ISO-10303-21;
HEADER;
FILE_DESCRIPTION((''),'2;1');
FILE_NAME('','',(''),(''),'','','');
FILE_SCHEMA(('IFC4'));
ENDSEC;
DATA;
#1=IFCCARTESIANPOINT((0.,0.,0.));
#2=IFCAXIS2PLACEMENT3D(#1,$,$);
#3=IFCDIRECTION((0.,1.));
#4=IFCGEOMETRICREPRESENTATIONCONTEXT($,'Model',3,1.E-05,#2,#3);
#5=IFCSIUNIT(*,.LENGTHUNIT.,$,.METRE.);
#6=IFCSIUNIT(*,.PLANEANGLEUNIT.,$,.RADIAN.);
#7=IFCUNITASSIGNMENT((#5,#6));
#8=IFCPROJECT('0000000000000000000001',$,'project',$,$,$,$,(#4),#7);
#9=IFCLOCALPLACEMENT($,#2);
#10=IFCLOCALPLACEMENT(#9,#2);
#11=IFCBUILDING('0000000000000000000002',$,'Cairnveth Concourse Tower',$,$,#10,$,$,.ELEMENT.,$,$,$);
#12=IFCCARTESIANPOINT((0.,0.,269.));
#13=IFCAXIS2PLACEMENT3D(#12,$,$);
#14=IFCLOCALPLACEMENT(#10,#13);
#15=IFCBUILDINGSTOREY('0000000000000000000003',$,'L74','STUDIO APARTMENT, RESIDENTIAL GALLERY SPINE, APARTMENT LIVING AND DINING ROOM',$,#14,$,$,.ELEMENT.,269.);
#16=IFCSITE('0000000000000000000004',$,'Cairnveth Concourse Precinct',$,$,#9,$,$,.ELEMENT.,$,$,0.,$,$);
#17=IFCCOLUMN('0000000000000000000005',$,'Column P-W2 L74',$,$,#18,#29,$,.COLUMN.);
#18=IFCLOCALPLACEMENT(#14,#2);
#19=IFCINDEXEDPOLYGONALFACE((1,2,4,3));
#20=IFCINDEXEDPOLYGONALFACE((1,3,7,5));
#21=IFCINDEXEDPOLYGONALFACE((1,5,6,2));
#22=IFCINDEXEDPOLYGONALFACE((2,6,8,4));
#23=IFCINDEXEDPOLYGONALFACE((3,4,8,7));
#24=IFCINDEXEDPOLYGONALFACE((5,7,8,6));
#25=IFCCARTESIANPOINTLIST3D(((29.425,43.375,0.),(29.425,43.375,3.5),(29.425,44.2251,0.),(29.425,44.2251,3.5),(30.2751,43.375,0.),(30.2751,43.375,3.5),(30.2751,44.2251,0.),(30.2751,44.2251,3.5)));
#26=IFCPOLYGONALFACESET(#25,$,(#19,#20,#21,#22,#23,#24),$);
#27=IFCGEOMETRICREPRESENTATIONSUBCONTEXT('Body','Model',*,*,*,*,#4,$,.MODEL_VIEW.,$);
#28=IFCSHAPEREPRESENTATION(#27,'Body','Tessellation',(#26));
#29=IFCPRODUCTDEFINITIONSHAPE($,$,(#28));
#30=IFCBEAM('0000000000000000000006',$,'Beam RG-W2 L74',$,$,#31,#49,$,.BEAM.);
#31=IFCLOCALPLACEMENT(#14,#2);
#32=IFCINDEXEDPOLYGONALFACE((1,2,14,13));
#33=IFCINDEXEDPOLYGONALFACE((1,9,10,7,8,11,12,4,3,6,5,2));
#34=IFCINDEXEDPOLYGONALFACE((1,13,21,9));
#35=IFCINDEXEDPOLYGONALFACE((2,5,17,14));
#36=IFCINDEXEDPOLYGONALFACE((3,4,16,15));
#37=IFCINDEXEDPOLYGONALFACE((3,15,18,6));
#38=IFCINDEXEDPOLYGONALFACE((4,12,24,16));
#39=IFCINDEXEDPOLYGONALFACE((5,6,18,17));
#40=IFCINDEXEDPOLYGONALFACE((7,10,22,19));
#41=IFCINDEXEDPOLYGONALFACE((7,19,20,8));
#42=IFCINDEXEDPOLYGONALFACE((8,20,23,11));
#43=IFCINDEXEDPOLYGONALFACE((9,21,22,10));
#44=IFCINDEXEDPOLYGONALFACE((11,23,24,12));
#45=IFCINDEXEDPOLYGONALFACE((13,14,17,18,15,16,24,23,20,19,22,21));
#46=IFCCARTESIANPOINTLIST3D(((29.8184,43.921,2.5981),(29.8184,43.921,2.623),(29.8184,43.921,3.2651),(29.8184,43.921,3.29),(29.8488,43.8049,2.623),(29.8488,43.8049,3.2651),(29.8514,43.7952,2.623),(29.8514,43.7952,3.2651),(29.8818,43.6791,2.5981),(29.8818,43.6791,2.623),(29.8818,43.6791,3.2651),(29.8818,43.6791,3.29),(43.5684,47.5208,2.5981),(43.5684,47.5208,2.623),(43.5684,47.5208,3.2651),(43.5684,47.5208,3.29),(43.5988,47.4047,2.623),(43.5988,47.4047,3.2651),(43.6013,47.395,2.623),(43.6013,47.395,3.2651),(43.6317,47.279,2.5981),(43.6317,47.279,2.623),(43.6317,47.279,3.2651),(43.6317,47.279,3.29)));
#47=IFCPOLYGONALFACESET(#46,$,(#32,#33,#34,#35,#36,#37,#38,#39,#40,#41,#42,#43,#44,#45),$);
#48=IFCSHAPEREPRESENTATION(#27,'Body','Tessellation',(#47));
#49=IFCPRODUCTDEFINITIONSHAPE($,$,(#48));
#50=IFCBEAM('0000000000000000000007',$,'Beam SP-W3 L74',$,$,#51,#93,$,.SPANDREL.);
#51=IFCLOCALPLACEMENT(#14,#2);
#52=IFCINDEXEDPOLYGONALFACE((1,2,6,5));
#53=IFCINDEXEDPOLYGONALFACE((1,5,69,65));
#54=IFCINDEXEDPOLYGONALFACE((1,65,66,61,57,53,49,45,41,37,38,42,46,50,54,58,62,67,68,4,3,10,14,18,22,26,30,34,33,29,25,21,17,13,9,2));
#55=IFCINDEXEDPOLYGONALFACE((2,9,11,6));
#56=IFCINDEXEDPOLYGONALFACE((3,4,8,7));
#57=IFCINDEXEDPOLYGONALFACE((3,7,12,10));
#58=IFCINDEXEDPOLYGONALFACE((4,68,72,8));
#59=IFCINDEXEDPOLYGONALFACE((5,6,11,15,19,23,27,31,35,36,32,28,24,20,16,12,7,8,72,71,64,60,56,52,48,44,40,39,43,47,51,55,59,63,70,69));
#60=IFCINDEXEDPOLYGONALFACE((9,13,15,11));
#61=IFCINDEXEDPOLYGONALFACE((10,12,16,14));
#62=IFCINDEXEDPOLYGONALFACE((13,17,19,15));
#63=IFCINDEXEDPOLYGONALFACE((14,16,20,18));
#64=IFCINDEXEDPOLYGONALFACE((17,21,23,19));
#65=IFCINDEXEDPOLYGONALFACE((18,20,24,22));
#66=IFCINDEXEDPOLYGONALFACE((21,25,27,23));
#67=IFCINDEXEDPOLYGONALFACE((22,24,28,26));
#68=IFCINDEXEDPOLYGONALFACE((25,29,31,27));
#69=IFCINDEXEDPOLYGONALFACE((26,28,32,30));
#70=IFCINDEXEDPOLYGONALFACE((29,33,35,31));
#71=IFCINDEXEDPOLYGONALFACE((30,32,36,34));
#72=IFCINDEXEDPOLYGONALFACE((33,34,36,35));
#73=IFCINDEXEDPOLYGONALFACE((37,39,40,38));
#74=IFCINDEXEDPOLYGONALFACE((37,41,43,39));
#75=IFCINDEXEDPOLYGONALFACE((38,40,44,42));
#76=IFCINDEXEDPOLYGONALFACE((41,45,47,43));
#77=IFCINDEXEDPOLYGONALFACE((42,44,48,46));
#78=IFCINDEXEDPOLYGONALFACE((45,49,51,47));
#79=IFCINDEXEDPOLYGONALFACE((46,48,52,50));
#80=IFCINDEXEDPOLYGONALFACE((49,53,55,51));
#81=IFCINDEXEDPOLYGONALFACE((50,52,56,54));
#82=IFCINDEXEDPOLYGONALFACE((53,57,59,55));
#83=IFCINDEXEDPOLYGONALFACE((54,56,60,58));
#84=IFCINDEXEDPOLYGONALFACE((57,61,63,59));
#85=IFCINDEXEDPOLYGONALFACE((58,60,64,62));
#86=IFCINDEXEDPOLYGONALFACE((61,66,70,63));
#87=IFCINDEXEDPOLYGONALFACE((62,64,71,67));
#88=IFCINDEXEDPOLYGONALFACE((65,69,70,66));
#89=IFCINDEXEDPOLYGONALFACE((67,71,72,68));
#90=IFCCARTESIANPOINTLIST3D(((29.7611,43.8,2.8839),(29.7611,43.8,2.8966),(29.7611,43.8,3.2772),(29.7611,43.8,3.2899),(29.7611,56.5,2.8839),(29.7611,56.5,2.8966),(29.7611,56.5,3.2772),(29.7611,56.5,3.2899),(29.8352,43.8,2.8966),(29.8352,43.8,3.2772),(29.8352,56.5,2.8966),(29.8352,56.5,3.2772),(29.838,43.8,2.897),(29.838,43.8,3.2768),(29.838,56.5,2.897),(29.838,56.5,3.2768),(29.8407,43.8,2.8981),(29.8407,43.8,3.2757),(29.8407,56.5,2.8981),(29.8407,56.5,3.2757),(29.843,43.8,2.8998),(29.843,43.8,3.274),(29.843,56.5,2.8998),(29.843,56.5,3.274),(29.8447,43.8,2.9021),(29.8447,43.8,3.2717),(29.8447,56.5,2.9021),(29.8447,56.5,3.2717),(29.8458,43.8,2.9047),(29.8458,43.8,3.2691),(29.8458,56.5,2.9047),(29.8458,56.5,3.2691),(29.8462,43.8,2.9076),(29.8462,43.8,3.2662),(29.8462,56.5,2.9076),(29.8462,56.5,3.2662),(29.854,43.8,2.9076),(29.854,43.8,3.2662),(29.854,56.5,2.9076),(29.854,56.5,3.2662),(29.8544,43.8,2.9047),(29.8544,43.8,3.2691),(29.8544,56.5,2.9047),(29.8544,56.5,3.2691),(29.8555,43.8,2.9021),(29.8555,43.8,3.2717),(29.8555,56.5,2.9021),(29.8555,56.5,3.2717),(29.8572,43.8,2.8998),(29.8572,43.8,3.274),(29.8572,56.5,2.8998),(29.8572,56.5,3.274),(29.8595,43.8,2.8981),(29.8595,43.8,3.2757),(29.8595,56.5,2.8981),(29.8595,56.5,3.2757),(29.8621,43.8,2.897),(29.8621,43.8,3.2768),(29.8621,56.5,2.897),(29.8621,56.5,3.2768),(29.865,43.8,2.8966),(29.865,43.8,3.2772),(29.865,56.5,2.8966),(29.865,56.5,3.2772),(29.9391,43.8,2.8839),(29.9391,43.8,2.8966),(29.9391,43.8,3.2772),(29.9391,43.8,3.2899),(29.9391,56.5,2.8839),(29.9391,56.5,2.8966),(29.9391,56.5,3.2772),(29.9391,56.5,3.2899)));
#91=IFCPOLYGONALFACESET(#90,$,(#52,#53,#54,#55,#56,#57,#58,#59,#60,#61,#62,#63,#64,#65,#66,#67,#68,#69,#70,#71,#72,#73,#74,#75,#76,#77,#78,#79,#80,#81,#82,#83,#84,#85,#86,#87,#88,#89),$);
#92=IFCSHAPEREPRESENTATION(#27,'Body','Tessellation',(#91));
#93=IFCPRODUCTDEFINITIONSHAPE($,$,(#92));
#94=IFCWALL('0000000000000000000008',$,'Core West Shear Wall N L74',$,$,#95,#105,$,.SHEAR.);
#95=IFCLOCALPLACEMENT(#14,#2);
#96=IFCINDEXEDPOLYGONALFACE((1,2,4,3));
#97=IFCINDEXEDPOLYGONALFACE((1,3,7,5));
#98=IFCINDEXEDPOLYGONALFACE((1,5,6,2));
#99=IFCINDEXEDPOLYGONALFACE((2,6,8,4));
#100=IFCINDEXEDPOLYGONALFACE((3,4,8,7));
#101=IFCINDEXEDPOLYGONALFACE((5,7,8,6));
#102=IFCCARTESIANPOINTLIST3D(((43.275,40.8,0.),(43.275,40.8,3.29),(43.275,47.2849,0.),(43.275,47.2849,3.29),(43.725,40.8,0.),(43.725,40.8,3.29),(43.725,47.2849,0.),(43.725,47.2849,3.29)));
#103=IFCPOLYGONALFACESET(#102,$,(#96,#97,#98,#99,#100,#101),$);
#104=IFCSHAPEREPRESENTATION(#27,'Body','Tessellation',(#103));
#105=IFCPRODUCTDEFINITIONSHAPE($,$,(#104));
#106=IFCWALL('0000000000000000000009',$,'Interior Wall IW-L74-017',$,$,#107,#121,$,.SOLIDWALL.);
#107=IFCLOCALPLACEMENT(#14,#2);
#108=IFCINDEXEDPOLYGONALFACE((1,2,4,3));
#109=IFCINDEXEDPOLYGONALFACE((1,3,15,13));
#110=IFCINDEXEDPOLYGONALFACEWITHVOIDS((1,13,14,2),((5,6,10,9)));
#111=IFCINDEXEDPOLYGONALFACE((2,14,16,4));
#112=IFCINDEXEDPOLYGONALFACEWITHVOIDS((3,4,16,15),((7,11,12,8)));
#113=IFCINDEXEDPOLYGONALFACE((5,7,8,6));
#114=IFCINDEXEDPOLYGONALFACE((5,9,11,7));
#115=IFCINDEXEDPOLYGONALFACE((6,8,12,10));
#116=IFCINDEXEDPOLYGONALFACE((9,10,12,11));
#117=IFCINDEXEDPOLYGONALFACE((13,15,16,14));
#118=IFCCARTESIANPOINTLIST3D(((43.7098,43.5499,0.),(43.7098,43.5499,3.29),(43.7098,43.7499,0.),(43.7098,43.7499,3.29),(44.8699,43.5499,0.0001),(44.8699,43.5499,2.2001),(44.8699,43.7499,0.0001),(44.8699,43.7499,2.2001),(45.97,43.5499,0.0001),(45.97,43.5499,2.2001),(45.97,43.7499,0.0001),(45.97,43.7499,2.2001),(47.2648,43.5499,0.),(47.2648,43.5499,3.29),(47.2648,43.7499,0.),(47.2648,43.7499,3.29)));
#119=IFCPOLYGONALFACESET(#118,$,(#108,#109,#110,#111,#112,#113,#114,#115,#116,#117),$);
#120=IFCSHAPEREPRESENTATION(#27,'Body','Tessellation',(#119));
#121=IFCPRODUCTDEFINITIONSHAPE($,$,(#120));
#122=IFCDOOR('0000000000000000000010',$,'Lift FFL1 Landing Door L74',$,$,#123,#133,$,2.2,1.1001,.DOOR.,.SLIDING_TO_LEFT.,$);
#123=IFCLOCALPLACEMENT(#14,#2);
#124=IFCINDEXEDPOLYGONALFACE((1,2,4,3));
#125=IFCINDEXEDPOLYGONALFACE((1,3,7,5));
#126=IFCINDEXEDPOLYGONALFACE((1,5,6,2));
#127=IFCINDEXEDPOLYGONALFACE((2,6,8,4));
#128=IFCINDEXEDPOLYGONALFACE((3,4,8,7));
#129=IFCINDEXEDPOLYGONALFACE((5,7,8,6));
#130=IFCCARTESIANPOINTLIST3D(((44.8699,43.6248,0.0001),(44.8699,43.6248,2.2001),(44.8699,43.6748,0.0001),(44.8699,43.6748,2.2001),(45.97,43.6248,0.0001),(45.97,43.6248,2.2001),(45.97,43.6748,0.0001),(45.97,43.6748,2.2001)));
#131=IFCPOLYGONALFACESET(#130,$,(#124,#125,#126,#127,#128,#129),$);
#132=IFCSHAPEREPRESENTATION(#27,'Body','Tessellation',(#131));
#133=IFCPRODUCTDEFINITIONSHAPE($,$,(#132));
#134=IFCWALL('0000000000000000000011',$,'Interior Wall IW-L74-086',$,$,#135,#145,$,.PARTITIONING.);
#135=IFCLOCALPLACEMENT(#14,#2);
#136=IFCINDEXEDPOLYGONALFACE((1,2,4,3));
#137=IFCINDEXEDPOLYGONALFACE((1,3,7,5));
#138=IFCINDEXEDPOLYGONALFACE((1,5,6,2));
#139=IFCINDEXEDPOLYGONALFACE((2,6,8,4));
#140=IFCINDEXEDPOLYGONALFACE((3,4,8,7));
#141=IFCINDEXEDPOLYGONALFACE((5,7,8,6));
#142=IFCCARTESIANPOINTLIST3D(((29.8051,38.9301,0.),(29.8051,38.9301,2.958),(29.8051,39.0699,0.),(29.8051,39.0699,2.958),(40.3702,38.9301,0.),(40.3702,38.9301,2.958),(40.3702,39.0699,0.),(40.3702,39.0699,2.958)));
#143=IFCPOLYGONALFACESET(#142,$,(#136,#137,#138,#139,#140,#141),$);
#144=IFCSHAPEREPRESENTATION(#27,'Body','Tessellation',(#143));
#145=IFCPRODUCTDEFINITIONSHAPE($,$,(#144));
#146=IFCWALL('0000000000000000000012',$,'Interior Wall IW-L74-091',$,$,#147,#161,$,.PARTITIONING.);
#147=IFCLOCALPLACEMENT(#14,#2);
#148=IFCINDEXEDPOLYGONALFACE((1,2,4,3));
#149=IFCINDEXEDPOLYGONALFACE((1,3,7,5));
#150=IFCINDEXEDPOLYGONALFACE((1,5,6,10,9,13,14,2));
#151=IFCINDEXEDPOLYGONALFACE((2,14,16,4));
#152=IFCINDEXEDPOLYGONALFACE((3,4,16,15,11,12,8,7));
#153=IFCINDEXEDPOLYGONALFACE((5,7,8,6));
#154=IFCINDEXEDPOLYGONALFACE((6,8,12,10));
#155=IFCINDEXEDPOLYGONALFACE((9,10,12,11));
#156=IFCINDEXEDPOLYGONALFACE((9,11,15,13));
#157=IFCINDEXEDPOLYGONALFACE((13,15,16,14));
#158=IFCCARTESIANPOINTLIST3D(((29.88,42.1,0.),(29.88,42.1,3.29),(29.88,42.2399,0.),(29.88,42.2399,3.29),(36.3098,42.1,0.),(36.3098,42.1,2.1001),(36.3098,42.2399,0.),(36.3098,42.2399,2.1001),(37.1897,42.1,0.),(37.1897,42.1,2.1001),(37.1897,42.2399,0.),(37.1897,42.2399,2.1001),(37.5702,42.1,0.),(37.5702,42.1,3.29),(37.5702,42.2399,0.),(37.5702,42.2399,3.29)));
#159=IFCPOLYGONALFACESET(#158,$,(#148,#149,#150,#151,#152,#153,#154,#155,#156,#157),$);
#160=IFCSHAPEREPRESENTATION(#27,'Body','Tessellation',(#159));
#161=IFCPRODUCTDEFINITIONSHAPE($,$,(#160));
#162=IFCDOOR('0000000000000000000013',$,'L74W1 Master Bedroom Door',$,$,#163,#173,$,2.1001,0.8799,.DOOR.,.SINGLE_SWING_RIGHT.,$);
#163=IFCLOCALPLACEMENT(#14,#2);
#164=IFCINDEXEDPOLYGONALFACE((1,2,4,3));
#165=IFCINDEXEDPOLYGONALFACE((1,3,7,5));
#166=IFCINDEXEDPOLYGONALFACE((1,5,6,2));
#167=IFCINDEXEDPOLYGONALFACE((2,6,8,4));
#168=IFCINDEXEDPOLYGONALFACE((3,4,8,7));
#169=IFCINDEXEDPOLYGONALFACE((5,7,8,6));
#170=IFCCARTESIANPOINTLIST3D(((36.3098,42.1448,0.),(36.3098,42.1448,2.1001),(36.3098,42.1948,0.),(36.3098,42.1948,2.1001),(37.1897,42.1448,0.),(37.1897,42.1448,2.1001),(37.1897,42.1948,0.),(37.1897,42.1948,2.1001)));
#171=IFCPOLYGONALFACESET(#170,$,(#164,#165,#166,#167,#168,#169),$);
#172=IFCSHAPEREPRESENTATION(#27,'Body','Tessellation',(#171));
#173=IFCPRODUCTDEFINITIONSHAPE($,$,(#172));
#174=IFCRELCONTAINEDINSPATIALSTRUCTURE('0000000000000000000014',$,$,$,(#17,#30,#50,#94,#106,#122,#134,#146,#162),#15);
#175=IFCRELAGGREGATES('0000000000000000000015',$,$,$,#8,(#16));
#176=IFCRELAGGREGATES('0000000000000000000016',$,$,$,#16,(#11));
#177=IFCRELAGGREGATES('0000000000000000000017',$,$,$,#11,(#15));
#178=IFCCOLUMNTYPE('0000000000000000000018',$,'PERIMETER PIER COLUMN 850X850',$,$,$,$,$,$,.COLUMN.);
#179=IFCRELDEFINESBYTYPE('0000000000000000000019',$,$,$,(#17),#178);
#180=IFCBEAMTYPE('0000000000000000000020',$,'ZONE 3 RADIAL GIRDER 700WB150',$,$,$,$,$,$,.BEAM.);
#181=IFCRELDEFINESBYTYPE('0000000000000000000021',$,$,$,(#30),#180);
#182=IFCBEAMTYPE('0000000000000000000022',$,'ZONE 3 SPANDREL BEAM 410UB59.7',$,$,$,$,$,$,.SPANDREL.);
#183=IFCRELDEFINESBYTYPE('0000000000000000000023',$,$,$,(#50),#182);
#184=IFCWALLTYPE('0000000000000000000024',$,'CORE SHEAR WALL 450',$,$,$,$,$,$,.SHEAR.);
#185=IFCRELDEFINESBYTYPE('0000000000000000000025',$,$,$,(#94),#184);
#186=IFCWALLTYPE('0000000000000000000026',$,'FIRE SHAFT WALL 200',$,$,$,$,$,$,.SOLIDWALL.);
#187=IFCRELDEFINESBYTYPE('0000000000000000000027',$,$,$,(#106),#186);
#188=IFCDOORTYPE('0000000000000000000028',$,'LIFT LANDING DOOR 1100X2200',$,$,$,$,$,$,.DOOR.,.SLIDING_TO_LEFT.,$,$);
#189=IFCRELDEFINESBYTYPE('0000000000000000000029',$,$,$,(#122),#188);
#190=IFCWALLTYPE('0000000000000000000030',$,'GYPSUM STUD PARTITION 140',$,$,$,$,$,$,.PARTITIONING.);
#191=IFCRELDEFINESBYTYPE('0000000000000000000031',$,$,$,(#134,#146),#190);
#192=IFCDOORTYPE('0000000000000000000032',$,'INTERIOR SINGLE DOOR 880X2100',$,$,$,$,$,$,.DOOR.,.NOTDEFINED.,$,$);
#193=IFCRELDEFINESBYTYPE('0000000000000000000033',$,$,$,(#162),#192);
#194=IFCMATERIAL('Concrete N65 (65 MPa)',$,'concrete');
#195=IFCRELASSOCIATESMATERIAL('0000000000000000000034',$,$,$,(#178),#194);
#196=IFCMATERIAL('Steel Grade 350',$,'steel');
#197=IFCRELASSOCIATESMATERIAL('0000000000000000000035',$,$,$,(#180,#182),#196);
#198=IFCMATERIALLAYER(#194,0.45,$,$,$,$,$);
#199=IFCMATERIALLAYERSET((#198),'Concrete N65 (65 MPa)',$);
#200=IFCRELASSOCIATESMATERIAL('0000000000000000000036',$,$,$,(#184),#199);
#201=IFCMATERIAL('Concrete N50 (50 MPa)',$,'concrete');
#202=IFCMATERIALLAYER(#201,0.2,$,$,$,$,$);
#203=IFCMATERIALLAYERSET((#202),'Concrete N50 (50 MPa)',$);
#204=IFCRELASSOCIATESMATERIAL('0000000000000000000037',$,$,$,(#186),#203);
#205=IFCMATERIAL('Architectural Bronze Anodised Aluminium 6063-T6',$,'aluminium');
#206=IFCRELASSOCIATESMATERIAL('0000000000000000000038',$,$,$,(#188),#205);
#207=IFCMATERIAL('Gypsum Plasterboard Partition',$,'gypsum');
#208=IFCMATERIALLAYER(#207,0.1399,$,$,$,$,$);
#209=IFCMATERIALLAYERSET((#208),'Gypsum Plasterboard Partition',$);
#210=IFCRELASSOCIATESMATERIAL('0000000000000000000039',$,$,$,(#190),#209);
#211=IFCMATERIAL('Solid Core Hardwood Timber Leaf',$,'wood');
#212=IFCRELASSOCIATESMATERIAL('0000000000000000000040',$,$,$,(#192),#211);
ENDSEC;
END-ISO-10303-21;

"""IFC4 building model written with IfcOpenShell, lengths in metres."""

from ifc_helpers import new_model, si_unit, direction, frame, frame_2d, origin, origin_2d, place, context, subcontext, project, spatial, rectangle, i_section, extrude, material, layer, layer_set, material_profile, profile_set, type_object, element, fill, save


model = new_model("IFC4")

# Units and contexts
model_context = context("Model", 3, precision=1e-05, world=origin(), true_north=direction((0.0, 1.0)))
body_context = subcontext(model_context, "Body", "Model", "MODEL_VIEW")
ifc_project = project(units=[si_unit("LENGTHUNIT", "METRE"), si_unit("PLANEANGLEUNIT", "RADIAN")], contexts=[model_context])

# Site, building, storey
site_placement = place(None, origin())
site = spatial("IfcSite", under=ifc_project, at=site_placement, Name="Cairnveth Concourse Precinct", CompositionType="ELEMENT", RefElevation=0.0)
building_placement = place(site_placement, origin())
building = spatial("IfcBuilding", under=site, at=building_placement, Name="Cairnveth Concourse Tower", CompositionType="ELEMENT")
storey_placement = place(building_placement, frame((0.0, 0.0, 269.0)))
storey = spatial("IfcBuildingStorey", under=building, at=storey_placement, Name="L74", Description="STUDIO APARTMENT, RESIDENTIAL GALLERY SPINE, APARTMENT LIVING AND DINING ROOM", CompositionType="ELEMENT", Elevation=269.0)

# Column
ifc_material_1 = material(Name="Concrete N65 (65 MPa)", Category="concrete")
ifc_material_profile_1 = material_profile(ifc_material_1, rectangle(XDim=0.8501, YDim=0.8501, at=origin_2d()), Name="RC-COL-850x850")
ifc_profile_set_1 = profile_set([ifc_material_profile_1], Name="Concrete N65 (65 MPa)")
column_type = type_object("IfcColumnType", Name="PERIMETER PIER COLUMN 850X850", PredefinedType="COLUMN", material=ifc_profile_set_1)
column_placement = place(storey_placement, frame((29.8501, 43.8, 0.0), z_axis=(0.0, 0.0, 1.0), x_axis=(0.0, 1.0, 0.0)))
element("IfcColumn", 1, at=column_placement, inside=storey, type_object=column_type, Name="Column P-W2 L74", PredefinedType="COLUMN", context=body_context, shape_type="SweptSolid", body=[
    extrude(rectangle(XDim=0.8501, YDim=0.8501, at=origin_2d()), origin(), (0.0, 0.0, 1.0), 3.5),
])

# Beams
ifc_material_2 = material(Name="Steel Grade 350", Category="steel")
ifc_material_profile_2 = material_profile(ifc_material_2, i_section(OverallWidth=0.25, OverallDepth=0.6919, WebThickness=0.01, FlangeThickness=0.0249, at=origin_2d()), Name="700WB150")
ifc_profile_set_2 = profile_set([ifc_material_profile_2], Name="Steel Grade 350")
beam_type_1 = type_object("IfcBeamType", Name="ZONE 3 RADIAL GIRDER 700WB150", PredefinedType="BEAM", material=ifc_profile_set_2)
beam_1_placement = place(storey_placement, frame((29.8501, 43.8, 2.9441), z_axis=(0.967395, 0.253271, 0.0), x_axis=(-0.253271, 0.967395, 0.0)))
element("IfcBeam", 2, at=beam_1_placement, inside=storey, type_object=beam_type_1, Name="Beam RG-W2 L74", PredefinedType="BEAM", context=body_context, shape_type="SweptSolid", body=[
    extrude(i_section(OverallWidth=0.25, OverallDepth=0.6919, WebThickness=0.01, FlangeThickness=0.0249, at=origin_2d()), origin(), (0.0, 0.0, 1.0), 14.2134),
])
ifc_material_profile_3 = material_profile(ifc_material_2, i_section(OverallWidth=0.178, OverallDepth=0.406, WebThickness=0.0078, FlangeThickness=0.0127, FilletRadius=0.011, at=origin_2d()), Name="410UB59.7")
ifc_profile_set_3 = profile_set([ifc_material_profile_3], Name="Steel Grade 350")
beam_type_2 = type_object("IfcBeamType", Name="ZONE 3 SPANDREL BEAM 410UB59.7", PredefinedType="SPANDREL", material=ifc_profile_set_3)
beam_2_placement = place(storey_placement, frame((29.8501, 43.8, 3.0869), z_axis=(0.0, 1.0, 0.0), x_axis=(-1.0, 0.0, 0.0)))
element("IfcBeam", 3, at=beam_2_placement, inside=storey, type_object=beam_type_2, Name="Beam SP-W3 L74", PredefinedType="SPANDREL", context=body_context, shape_type="SweptSolid", body=[
    extrude(i_section(OverallWidth=0.178, OverallDepth=0.406, WebThickness=0.0078, FlangeThickness=0.0127, FilletRadius=0.011, at=origin_2d()), origin(), (0.0, 0.0, 1.0), 12.7),
])

# Wall
ifc_layer_1 = layer(ifc_material_1, 0.45)
ifc_layer_set_1 = layer_set([ifc_layer_1], Name="Concrete N65 (65 MPa)")
wall_type_1 = type_object("IfcWallType", Name="CORE SHEAR WALL 450", PredefinedType="SHEAR", material=ifc_layer_set_1)
wall_1_placement = place(storey_placement, frame((43.5, 40.8, 0.0), z_axis=(0.0, 0.0, 1.0), x_axis=(0.0, 1.0, 0.0)))
element("IfcWall", 4, at=wall_1_placement, inside=storey, type_object=wall_type_1, Name="Core West Shear Wall N L74", PredefinedType="SHEAR", context=body_context, shape_type="SweptSolid", body=[
    extrude(rectangle(XDim=6.4849, YDim=0.45, at=frame_2d((3.2424, 0.0))), origin(), (0.0, 0.0, 1.0), 3.29),
])

# Wall, opening, door
ifc_material_3 = material(Name="Concrete N50 (50 MPa)", Category="concrete")
ifc_layer_2 = layer(ifc_material_3, 0.2)
ifc_layer_set_2 = layer_set([ifc_layer_2], Name="Concrete N50 (50 MPa)")
wall_type_2 = type_object("IfcWallType", Name="FIRE SHAFT WALL 200", PredefinedType="SOLIDWALL", material=ifc_layer_set_2)
wall_2_placement = place(storey_placement, frame((43.71, 43.6499, 0.0), z_axis=(0.0, 0.0, 1.0), x_axis=(1.0, 0.0, 0.0)))
wall_2 = element("IfcWall", 5, at=wall_2_placement, inside=storey, type_object=wall_type_2, Name="Interior Wall IW-L74-017", PredefinedType="SOLIDWALL", context=body_context, shape_type="SweptSolid", body=[
    extrude(rectangle(XDim=3.5549, YDim=0.2, at=frame_2d((1.7773, 0.0))), origin(), (0.0, 0.0, 1.0), 3.29),
])
opening_1_placement = place(wall_2_placement, frame((1.1599, 0.0, 0.0)))
opening_1 = element("IfcOpeningElement", 6, at=opening_1_placement, cuts=wall_2, PredefinedType="OPENING", context=body_context, shape_type="SweptSolid", body=[
    extrude(rectangle(XDim=1.1001, YDim=2.2, at=frame_2d((0.55, 1.1001))), frame((0.0, 0.1099, 0.0), z_axis=(0.0, -1.0, 0.0), x_axis=(1.0, 0.0, 0.0)), (0.0, 0.0, 1.0), 0.22),
])
ifc_material_4 = material(Name="Architectural Bronze Anodised Aluminium 6063-T6", Category="aluminium")
door_type_1 = type_object("IfcDoorType", Name="LIFT LANDING DOOR 1100X2200", OperationType="SLIDING_TO_LEFT", PredefinedType="DOOR", material=ifc_material_4)
door_1_placement = place(opening_1_placement, origin())
door_1 = element("IfcDoor", 7, at=door_1_placement, inside=storey, type_object=door_type_1, Name="Lift FFL1 Landing Door L74", OperationType="SLIDING_TO_LEFT", OverallHeight=2.2, OverallWidth=1.1001, PredefinedType="DOOR", context=body_context, shape_type="SweptSolid", body=[
    extrude(rectangle(XDim=1.1001, YDim=2.2, at=frame_2d((0.55, 1.1001))), frame((0.0, 0.0249, 0.0), z_axis=(0.0, -1.0, 0.0), x_axis=(1.0, 0.0, 0.0)), (0.0, 0.0, 1.0), 0.05),
])
fill(opening_1, door_1)

# Wall
ifc_material_5 = material(Name="Gypsum Plasterboard Partition", Category="gypsum")
ifc_layer_3 = layer(ifc_material_5, 0.1399)
ifc_layer_set_3 = layer_set([ifc_layer_3], Name="Gypsum Plasterboard Partition")
wall_type_3 = type_object("IfcWallType", Name="GYPSUM STUD PARTITION 140", PredefinedType="PARTITIONING", material=ifc_layer_set_3)
wall_3_placement = place(storey_placement, frame((29.8049, 39.0, 0.0), z_axis=(0.0, 0.0, 1.0), x_axis=(1.0, 0.0, 0.0)))
element("IfcWall", 8, at=wall_3_placement, inside=storey, type_object=wall_type_3, Name="Interior Wall IW-L74-086", PredefinedType="PARTITIONING", context=body_context, shape_type="SweptSolid", body=[
    extrude(rectangle(XDim=10.5652, YDim=0.1399, at=frame_2d((5.2827, 0.0))), origin(), (0.0, 0.0, 1.0), 2.958),
])

# Wall, opening, door
wall_4_placement = place(storey_placement, frame((29.8799, 42.1699, 0.0), z_axis=(0.0, 0.0, 1.0), x_axis=(1.0, 0.0, 0.0)))
wall_4 = element("IfcWall", 9, at=wall_4_placement, inside=storey, type_object=wall_type_3, Name="Interior Wall IW-L74-091", PredefinedType="PARTITIONING", context=body_context, shape_type="SweptSolid", body=[
    extrude(rectangle(XDim=7.6902, YDim=0.1399, at=frame_2d((3.8452, 0.0))), origin(), (0.0, 0.0, 1.0), 3.29),
])
opening_2_placement = place(wall_4_placement, frame((6.4299, 0.0, 0.0)))
opening_2 = element("IfcOpeningElement", 10, at=opening_2_placement, cuts=wall_4, PredefinedType="OPENING", context=body_context, shape_type="SweptSolid", body=[
    extrude(rectangle(XDim=0.8799, YDim=2.1001, at=frame_2d((0.4399, 1.05))), frame((0.0, 0.0798, 0.0), z_axis=(0.0, -1.0, 0.0), x_axis=(1.0, 0.0, 0.0)), (0.0, 0.0, 1.0), 0.1599),
])
ifc_material_6 = material(Name="Solid Core Hardwood Timber Leaf", Category="wood")
door_type_2 = type_object("IfcDoorType", Name="INTERIOR SINGLE DOOR 880X2100", OperationType="NOTDEFINED", PredefinedType="DOOR", material=ifc_material_6)
door_2_placement = place(opening_2_placement, origin())
door_2 = element("IfcDoor", 11, at=door_2_placement, inside=storey, type_object=door_type_2, Name="L74W1 Master Bedroom Door", OperationType="SINGLE_SWING_RIGHT", OverallHeight=2.1001, OverallWidth=0.8799, PredefinedType="DOOR", context=body_context, shape_type="SweptSolid", body=[
    extrude(rectangle(XDim=0.8799, YDim=2.1001, at=frame_2d((0.4399, 1.05))), frame((0.0, 0.0249, 0.0), z_axis=(0.0, -1.0, 0.0), x_axis=(1.0, 0.0, 0.0)), (0.0, 0.0, 1.0), 0.05),
])
fill(opening_2, door_2)

save(model, "model.ifc")
